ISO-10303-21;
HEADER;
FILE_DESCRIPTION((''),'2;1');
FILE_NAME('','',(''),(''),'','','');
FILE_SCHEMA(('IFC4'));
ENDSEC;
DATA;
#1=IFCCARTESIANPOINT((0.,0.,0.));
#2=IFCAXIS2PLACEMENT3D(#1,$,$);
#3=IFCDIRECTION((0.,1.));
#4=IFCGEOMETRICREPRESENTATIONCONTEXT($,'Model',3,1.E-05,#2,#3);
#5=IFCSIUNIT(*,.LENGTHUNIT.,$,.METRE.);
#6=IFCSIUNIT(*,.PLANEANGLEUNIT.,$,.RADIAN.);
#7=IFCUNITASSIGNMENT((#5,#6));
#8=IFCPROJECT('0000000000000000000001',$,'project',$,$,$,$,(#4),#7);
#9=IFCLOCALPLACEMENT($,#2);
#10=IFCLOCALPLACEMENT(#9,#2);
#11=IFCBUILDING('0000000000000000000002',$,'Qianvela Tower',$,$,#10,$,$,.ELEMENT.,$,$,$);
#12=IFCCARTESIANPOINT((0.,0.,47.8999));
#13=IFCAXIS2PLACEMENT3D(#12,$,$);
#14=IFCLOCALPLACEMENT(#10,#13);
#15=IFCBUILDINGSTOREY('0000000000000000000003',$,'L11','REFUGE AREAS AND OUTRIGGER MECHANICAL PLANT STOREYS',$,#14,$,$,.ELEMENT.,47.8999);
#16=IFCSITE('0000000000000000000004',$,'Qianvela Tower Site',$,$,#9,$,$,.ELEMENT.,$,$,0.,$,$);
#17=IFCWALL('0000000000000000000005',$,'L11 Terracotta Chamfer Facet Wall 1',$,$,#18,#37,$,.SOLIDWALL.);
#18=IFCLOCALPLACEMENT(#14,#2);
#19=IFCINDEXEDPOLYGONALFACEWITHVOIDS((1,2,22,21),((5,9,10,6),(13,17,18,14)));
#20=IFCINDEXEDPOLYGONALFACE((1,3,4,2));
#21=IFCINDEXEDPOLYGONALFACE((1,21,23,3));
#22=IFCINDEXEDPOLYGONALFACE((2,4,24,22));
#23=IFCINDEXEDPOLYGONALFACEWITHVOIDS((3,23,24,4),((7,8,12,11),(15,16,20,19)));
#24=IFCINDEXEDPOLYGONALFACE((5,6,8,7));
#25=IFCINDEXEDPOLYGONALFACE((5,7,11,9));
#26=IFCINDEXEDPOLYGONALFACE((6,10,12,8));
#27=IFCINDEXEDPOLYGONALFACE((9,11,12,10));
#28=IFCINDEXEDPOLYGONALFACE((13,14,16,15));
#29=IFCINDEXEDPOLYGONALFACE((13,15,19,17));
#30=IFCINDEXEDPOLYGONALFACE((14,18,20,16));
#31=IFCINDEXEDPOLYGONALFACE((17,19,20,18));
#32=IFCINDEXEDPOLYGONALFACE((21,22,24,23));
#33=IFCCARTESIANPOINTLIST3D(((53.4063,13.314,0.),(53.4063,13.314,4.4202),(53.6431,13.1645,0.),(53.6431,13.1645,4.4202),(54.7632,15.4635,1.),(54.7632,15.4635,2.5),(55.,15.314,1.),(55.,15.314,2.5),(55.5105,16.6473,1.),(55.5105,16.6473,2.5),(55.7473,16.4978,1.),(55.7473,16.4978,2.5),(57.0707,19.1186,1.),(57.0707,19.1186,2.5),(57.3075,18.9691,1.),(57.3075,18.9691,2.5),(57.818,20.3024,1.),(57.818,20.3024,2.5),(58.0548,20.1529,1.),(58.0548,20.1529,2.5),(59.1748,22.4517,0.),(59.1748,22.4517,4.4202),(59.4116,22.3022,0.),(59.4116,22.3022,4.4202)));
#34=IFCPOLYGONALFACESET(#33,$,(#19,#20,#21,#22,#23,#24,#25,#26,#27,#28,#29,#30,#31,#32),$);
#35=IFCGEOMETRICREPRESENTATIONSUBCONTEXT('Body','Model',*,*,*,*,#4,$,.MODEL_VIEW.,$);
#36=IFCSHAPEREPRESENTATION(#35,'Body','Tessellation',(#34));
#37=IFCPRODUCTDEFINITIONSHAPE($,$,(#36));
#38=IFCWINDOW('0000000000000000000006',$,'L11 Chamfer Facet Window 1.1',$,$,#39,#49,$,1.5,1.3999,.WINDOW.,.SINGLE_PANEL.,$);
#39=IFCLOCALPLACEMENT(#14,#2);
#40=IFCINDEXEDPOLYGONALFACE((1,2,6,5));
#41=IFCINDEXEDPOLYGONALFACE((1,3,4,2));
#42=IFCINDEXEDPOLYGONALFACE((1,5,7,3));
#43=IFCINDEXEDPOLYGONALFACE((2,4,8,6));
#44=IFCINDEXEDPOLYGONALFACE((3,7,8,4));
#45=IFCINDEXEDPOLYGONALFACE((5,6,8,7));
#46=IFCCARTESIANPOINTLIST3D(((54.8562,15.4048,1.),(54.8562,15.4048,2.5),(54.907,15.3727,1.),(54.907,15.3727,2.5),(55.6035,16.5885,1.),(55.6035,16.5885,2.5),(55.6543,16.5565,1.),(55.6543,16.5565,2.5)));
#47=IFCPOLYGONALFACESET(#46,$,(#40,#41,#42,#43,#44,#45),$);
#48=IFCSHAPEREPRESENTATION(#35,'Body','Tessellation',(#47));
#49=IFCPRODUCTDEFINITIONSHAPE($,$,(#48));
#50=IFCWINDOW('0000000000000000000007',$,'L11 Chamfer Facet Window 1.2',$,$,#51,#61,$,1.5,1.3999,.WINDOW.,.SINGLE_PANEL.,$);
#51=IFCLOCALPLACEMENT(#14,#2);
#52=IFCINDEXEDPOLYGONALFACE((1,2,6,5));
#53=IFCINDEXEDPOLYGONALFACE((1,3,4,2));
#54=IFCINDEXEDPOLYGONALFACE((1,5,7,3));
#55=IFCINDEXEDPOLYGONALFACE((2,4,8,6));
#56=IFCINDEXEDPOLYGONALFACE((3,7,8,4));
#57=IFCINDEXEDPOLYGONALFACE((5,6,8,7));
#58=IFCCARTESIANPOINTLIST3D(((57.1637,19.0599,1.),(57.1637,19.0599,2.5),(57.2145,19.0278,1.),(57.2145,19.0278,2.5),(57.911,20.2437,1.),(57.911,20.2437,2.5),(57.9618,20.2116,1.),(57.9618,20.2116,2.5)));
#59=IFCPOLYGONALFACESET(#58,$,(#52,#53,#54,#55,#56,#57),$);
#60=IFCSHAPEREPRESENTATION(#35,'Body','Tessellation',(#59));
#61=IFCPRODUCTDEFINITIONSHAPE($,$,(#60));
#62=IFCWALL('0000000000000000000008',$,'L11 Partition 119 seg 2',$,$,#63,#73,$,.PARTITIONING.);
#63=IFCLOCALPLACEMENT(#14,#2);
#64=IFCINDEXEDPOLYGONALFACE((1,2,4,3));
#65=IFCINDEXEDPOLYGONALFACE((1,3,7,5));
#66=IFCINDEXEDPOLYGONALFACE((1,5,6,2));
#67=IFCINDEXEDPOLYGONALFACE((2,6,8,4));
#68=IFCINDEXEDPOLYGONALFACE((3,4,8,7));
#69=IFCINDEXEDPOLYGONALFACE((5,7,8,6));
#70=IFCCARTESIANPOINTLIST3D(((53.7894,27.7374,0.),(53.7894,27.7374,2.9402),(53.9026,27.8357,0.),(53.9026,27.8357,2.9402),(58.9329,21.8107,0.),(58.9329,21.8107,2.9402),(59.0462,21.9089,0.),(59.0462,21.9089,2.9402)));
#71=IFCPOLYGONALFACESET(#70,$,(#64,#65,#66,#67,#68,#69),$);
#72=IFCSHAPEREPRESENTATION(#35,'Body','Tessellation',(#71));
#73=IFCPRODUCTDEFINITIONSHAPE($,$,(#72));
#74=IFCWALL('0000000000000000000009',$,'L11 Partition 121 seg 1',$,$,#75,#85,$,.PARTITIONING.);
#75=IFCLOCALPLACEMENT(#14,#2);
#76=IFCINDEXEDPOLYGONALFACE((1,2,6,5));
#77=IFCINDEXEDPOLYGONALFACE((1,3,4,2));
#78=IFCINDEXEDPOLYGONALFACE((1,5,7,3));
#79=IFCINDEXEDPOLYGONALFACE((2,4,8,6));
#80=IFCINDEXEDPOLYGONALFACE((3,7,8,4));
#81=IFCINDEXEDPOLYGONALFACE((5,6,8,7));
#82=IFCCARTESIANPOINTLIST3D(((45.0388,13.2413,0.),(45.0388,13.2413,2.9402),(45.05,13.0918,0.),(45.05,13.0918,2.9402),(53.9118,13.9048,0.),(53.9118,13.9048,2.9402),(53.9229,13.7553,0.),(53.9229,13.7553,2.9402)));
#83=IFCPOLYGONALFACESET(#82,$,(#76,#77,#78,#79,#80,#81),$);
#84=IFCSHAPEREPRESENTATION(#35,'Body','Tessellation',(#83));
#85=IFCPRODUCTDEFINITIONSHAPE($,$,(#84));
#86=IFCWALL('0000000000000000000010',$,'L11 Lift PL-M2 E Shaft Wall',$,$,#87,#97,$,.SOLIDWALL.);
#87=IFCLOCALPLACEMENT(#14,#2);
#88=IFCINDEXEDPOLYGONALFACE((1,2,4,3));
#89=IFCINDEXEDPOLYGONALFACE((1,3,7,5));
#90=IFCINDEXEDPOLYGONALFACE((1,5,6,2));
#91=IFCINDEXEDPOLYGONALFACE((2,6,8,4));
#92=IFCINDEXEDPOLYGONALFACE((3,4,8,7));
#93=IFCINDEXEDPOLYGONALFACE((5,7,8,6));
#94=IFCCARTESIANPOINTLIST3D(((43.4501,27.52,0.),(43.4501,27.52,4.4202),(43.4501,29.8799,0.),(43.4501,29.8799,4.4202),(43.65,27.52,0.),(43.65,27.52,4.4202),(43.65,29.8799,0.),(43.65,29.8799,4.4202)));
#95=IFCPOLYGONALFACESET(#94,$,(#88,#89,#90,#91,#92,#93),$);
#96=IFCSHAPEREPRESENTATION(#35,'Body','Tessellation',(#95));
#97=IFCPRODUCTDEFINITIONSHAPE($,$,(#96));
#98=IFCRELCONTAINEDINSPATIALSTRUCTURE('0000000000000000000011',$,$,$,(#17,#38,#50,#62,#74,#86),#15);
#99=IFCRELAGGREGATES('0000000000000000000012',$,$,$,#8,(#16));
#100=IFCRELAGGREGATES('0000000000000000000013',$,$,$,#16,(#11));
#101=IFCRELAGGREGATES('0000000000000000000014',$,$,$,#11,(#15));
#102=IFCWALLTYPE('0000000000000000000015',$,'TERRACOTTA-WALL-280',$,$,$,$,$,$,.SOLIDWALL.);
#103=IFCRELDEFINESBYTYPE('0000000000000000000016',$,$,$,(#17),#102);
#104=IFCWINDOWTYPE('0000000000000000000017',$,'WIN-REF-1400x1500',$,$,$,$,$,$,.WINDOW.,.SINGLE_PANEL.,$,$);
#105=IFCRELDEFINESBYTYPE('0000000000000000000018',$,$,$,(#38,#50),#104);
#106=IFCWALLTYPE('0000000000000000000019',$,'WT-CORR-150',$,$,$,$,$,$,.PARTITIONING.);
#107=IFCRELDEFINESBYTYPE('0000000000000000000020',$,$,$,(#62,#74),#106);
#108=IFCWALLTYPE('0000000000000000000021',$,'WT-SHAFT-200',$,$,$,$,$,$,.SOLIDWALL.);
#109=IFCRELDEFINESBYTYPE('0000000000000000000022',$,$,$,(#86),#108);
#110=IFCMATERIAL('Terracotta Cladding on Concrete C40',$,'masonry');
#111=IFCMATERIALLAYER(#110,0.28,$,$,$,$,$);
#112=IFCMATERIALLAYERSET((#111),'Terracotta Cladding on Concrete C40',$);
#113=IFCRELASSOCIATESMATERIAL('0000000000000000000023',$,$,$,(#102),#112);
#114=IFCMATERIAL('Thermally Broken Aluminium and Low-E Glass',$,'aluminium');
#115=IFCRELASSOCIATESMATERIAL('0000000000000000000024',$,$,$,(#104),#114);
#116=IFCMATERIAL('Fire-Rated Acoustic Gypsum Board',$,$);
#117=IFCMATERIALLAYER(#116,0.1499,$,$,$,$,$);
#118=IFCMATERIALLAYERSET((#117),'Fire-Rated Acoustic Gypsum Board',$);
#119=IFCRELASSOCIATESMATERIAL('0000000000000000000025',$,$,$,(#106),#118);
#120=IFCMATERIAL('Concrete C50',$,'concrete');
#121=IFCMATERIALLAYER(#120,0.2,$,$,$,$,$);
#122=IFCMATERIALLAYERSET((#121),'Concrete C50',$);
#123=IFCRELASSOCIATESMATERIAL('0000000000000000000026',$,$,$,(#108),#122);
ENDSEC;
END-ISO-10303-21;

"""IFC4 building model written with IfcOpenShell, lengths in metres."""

from ifc_helpers import new_model, si_unit, direction, frame, frame_2d, origin, place, context, subcontext, project, spatial, rectangle, extrude, material, layer, layer_set, type_object, element, fill, save


model = new_model("IFC4")

# Units and contexts
model_context = context("Model", 3, precision=1e-05, world=origin(), true_north=direction((0.0, 1.0)))
body_context = subcontext(model_context, "Body", "Model", "MODEL_VIEW")
ifc_project = project(units=[si_unit("LENGTHUNIT", "METRE"), si_unit("PLANEANGLEUNIT", "RADIAN")], contexts=[model_context])

# Site, building, storey
site_placement = place(None, origin())
site = spatial("IfcSite", under=ifc_project, at=site_placement, Name="Qianvela Tower Site", CompositionType="ELEMENT", RefElevation=0.0)
building_placement = place(site_placement, origin())
building = spatial("IfcBuilding", under=site, at=building_placement, Name="Qianvela Tower", CompositionType="ELEMENT")
storey_placement = place(building_placement, frame((0.0, 0.0, 47.8999)))
storey = spatial("IfcBuildingStorey", under=building, at=storey_placement, Name="L11", Description="REFUGE AREAS AND OUTRIGGER MECHANICAL PLANT STOREYS", CompositionType="ELEMENT", Elevation=47.8999)

# Wall, openings, windows
ifc_material_1 = material(Name="Terracotta Cladding on Concrete C40", Category="masonry")
ifc_layer_1 = layer(ifc_material_1, 0.28)
ifc_layer_set_1 = layer_set([ifc_layer_1], Name="Terracotta Cladding on Concrete C40")
wall_type_1 = type_object("IfcWallType", Name="TERRACOTTA-WALL-280", PredefinedType="SOLIDWALL", material=ifc_layer_set_1)
wall_1_placement = place(storey_placement, frame((53.5247, 13.2393, 0.0), z_axis=(0.0, 0.0, 1.0), x_axis=(0.53382, 0.845598, 0.0)))
wall_1 = element("IfcWall", 1, at=wall_1_placement, inside=storey, type_object=wall_type_1, Name="L11 Terracotta Chamfer Facet Wall 1", PredefinedType="SOLIDWALL", context=body_context, shape_type="SweptSolid", body=[
    extrude(rectangle(XDim=10.8062, YDim=0.28, at=frame_2d((5.4031, 0.0))), origin(), (0.0, 0.0, 1.0), 4.4202),
])
opening_1_placement = place(wall_1_placement, frame((2.542, 0.0, 1.0)))
opening_1 = element("IfcOpeningElement", 2, at=opening_1_placement, cuts=wall_1, PredefinedType="OPENING", context=body_context, shape_type="SweptSolid", body=[
    extrude(rectangle(XDim=1.3999, YDim=1.5, at=frame_2d((0.7, 0.75))), frame((0.0, 0.1499, 0.0), z_axis=(0.0, -1.0, 0.0), x_axis=(1.0, 0.0, 0.0)), (0.0, 0.0, 1.0), 0.3),
])
opening_2_placement = place(wall_1_placement, frame((6.8645, 0.0, 1.0)))
opening_2 = element("IfcOpeningElement", 3, at=opening_2_placement, cuts=wall_1, PredefinedType="OPENING", context=body_context, shape_type="SweptSolid", body=[
    extrude(rectangle(XDim=1.3999, YDim=1.5, at=frame_2d((0.7, 0.75))), frame((0.0, 0.1499, 0.0), z_axis=(0.0, -1.0, 0.0), x_axis=(1.0, 0.0, 0.0)), (0.0, 0.0, 1.0), 0.3),
])
ifc_material_2 = material(Name="Thermally Broken Aluminium and Low-E Glass", Category="aluminium")
window_type = type_object("IfcWindowType", Name="WIN-REF-1400x1500", PartitioningType="SINGLE_PANEL", PredefinedType="WINDOW", material=ifc_material_2)
window_1_placement = place(opening_1_placement, origin())
window_1 = element("IfcWindow", 4, at=window_1_placement, inside=storey, type_object=window_type, Name="L11 Chamfer Facet Window 1.1", OverallHeight=1.5, OverallWidth=1.3999, PartitioningType="SINGLE_PANEL", PredefinedType="WINDOW", context=body_context, shape_type="SweptSolid", body=[
    extrude(rectangle(XDim=1.3999, YDim=1.5, at=frame_2d((0.7, 0.75))), frame((0.0, 0.03, 0.0), z_axis=(0.0, -1.0, 0.0), x_axis=(1.0, 0.0, 0.0)), (0.0, 0.0, 1.0), 0.0601),
])
fill(opening_1, window_1)
window_2_placement = place(opening_2_placement, origin())
window_2 = element("IfcWindow", 5, at=window_2_placement, inside=storey, type_object=window_type, Name="L11 Chamfer Facet Window 1.2", OverallHeight=1.5, OverallWidth=1.3999, PartitioningType="SINGLE_PANEL", PredefinedType="WINDOW", context=body_context, shape_type="SweptSolid", body=[
    extrude(rectangle(XDim=1.3999, YDim=1.5, at=frame_2d((0.7, 0.75))), frame((0.0, 0.03, 0.0), z_axis=(0.0, -1.0, 0.0), x_axis=(1.0, 0.0, 0.0)), (0.0, 0.0, 1.0), 0.0601),
])
fill(opening_2, window_2)

# Walls
ifc_material_3 = material(Name="Fire-Rated Acoustic Gypsum Board")
ifc_layer_2 = layer(ifc_material_3, 0.1499)
ifc_layer_set_2 = layer_set([ifc_layer_2], Name="Fire-Rated Acoustic Gypsum Board")
wall_type_2 = type_object("IfcWallType", Name="WT-CORR-150", PredefinedType="PARTITIONING", material=ifc_layer_set_2)
wall_2_placement = place(storey_placement, frame((53.8459, 27.7866, 0.0), z_axis=(0.0, 0.0, 1.0), x_axis=(0.655442, -0.755245, 0.0)))
element("IfcWall", 6, at=wall_2_placement, inside=storey, type_object=wall_type_2, Name="L11 Partition 119 seg 2", PredefinedType="PARTITIONING", context=body_context, shape_type="SweptSolid", body=[
    extrude(rectangle(XDim=7.8474, YDim=0.1499, at=frame_2d((3.9238, 0.0))), origin(), (0.0, 0.0, 1.0), 2.9402),
])
wall_3_placement = place(storey_placement, frame((53.9172, 13.8301, 0.0), z_axis=(0.0, 0.0, 1.0), x_axis=(-0.997215, -0.074577, 0.0)))
element("IfcWall", 7, at=wall_3_placement, inside=storey, type_object=wall_type_2, Name="L11 Partition 121 seg 1", PredefinedType="PARTITIONING", context=body_context, shape_type="SweptSolid", body=[
    extrude(rectangle(XDim=8.8977, YDim=0.1499, at=frame_2d((4.4487, 0.0))), origin(), (0.0, 0.0, 1.0), 2.9402),
])
ifc_material_4 = material(Name="Concrete C50", Category="concrete")
ifc_layer_3 = layer(ifc_material_4, 0.2)
ifc_layer_set_3 = layer_set([ifc_layer_3], Name="Concrete C50")
wall_type_3 = type_object("IfcWallType", Name="WT-SHAFT-200", PredefinedType="SOLIDWALL", material=ifc_layer_set_3)
wall_4_placement = place(storey_placement, frame((43.55, 27.52, 0.0), z_axis=(0.0, 0.0, 1.0), x_axis=(0.0, 1.0, 0.0)))
element("IfcWall", 8, at=wall_4_placement, inside=storey, type_object=wall_type_3, Name="L11 Lift PL-M2 E Shaft Wall", PredefinedType="SOLIDWALL", context=body_context, shape_type="SweptSolid", body=[
    extrude(rectangle(XDim=2.3599, YDim=0.2, at=frame_2d((1.1799, 0.0))), origin(), (0.0, 0.0, 1.0), 4.4202),
])

save(model, "model.ifc")
